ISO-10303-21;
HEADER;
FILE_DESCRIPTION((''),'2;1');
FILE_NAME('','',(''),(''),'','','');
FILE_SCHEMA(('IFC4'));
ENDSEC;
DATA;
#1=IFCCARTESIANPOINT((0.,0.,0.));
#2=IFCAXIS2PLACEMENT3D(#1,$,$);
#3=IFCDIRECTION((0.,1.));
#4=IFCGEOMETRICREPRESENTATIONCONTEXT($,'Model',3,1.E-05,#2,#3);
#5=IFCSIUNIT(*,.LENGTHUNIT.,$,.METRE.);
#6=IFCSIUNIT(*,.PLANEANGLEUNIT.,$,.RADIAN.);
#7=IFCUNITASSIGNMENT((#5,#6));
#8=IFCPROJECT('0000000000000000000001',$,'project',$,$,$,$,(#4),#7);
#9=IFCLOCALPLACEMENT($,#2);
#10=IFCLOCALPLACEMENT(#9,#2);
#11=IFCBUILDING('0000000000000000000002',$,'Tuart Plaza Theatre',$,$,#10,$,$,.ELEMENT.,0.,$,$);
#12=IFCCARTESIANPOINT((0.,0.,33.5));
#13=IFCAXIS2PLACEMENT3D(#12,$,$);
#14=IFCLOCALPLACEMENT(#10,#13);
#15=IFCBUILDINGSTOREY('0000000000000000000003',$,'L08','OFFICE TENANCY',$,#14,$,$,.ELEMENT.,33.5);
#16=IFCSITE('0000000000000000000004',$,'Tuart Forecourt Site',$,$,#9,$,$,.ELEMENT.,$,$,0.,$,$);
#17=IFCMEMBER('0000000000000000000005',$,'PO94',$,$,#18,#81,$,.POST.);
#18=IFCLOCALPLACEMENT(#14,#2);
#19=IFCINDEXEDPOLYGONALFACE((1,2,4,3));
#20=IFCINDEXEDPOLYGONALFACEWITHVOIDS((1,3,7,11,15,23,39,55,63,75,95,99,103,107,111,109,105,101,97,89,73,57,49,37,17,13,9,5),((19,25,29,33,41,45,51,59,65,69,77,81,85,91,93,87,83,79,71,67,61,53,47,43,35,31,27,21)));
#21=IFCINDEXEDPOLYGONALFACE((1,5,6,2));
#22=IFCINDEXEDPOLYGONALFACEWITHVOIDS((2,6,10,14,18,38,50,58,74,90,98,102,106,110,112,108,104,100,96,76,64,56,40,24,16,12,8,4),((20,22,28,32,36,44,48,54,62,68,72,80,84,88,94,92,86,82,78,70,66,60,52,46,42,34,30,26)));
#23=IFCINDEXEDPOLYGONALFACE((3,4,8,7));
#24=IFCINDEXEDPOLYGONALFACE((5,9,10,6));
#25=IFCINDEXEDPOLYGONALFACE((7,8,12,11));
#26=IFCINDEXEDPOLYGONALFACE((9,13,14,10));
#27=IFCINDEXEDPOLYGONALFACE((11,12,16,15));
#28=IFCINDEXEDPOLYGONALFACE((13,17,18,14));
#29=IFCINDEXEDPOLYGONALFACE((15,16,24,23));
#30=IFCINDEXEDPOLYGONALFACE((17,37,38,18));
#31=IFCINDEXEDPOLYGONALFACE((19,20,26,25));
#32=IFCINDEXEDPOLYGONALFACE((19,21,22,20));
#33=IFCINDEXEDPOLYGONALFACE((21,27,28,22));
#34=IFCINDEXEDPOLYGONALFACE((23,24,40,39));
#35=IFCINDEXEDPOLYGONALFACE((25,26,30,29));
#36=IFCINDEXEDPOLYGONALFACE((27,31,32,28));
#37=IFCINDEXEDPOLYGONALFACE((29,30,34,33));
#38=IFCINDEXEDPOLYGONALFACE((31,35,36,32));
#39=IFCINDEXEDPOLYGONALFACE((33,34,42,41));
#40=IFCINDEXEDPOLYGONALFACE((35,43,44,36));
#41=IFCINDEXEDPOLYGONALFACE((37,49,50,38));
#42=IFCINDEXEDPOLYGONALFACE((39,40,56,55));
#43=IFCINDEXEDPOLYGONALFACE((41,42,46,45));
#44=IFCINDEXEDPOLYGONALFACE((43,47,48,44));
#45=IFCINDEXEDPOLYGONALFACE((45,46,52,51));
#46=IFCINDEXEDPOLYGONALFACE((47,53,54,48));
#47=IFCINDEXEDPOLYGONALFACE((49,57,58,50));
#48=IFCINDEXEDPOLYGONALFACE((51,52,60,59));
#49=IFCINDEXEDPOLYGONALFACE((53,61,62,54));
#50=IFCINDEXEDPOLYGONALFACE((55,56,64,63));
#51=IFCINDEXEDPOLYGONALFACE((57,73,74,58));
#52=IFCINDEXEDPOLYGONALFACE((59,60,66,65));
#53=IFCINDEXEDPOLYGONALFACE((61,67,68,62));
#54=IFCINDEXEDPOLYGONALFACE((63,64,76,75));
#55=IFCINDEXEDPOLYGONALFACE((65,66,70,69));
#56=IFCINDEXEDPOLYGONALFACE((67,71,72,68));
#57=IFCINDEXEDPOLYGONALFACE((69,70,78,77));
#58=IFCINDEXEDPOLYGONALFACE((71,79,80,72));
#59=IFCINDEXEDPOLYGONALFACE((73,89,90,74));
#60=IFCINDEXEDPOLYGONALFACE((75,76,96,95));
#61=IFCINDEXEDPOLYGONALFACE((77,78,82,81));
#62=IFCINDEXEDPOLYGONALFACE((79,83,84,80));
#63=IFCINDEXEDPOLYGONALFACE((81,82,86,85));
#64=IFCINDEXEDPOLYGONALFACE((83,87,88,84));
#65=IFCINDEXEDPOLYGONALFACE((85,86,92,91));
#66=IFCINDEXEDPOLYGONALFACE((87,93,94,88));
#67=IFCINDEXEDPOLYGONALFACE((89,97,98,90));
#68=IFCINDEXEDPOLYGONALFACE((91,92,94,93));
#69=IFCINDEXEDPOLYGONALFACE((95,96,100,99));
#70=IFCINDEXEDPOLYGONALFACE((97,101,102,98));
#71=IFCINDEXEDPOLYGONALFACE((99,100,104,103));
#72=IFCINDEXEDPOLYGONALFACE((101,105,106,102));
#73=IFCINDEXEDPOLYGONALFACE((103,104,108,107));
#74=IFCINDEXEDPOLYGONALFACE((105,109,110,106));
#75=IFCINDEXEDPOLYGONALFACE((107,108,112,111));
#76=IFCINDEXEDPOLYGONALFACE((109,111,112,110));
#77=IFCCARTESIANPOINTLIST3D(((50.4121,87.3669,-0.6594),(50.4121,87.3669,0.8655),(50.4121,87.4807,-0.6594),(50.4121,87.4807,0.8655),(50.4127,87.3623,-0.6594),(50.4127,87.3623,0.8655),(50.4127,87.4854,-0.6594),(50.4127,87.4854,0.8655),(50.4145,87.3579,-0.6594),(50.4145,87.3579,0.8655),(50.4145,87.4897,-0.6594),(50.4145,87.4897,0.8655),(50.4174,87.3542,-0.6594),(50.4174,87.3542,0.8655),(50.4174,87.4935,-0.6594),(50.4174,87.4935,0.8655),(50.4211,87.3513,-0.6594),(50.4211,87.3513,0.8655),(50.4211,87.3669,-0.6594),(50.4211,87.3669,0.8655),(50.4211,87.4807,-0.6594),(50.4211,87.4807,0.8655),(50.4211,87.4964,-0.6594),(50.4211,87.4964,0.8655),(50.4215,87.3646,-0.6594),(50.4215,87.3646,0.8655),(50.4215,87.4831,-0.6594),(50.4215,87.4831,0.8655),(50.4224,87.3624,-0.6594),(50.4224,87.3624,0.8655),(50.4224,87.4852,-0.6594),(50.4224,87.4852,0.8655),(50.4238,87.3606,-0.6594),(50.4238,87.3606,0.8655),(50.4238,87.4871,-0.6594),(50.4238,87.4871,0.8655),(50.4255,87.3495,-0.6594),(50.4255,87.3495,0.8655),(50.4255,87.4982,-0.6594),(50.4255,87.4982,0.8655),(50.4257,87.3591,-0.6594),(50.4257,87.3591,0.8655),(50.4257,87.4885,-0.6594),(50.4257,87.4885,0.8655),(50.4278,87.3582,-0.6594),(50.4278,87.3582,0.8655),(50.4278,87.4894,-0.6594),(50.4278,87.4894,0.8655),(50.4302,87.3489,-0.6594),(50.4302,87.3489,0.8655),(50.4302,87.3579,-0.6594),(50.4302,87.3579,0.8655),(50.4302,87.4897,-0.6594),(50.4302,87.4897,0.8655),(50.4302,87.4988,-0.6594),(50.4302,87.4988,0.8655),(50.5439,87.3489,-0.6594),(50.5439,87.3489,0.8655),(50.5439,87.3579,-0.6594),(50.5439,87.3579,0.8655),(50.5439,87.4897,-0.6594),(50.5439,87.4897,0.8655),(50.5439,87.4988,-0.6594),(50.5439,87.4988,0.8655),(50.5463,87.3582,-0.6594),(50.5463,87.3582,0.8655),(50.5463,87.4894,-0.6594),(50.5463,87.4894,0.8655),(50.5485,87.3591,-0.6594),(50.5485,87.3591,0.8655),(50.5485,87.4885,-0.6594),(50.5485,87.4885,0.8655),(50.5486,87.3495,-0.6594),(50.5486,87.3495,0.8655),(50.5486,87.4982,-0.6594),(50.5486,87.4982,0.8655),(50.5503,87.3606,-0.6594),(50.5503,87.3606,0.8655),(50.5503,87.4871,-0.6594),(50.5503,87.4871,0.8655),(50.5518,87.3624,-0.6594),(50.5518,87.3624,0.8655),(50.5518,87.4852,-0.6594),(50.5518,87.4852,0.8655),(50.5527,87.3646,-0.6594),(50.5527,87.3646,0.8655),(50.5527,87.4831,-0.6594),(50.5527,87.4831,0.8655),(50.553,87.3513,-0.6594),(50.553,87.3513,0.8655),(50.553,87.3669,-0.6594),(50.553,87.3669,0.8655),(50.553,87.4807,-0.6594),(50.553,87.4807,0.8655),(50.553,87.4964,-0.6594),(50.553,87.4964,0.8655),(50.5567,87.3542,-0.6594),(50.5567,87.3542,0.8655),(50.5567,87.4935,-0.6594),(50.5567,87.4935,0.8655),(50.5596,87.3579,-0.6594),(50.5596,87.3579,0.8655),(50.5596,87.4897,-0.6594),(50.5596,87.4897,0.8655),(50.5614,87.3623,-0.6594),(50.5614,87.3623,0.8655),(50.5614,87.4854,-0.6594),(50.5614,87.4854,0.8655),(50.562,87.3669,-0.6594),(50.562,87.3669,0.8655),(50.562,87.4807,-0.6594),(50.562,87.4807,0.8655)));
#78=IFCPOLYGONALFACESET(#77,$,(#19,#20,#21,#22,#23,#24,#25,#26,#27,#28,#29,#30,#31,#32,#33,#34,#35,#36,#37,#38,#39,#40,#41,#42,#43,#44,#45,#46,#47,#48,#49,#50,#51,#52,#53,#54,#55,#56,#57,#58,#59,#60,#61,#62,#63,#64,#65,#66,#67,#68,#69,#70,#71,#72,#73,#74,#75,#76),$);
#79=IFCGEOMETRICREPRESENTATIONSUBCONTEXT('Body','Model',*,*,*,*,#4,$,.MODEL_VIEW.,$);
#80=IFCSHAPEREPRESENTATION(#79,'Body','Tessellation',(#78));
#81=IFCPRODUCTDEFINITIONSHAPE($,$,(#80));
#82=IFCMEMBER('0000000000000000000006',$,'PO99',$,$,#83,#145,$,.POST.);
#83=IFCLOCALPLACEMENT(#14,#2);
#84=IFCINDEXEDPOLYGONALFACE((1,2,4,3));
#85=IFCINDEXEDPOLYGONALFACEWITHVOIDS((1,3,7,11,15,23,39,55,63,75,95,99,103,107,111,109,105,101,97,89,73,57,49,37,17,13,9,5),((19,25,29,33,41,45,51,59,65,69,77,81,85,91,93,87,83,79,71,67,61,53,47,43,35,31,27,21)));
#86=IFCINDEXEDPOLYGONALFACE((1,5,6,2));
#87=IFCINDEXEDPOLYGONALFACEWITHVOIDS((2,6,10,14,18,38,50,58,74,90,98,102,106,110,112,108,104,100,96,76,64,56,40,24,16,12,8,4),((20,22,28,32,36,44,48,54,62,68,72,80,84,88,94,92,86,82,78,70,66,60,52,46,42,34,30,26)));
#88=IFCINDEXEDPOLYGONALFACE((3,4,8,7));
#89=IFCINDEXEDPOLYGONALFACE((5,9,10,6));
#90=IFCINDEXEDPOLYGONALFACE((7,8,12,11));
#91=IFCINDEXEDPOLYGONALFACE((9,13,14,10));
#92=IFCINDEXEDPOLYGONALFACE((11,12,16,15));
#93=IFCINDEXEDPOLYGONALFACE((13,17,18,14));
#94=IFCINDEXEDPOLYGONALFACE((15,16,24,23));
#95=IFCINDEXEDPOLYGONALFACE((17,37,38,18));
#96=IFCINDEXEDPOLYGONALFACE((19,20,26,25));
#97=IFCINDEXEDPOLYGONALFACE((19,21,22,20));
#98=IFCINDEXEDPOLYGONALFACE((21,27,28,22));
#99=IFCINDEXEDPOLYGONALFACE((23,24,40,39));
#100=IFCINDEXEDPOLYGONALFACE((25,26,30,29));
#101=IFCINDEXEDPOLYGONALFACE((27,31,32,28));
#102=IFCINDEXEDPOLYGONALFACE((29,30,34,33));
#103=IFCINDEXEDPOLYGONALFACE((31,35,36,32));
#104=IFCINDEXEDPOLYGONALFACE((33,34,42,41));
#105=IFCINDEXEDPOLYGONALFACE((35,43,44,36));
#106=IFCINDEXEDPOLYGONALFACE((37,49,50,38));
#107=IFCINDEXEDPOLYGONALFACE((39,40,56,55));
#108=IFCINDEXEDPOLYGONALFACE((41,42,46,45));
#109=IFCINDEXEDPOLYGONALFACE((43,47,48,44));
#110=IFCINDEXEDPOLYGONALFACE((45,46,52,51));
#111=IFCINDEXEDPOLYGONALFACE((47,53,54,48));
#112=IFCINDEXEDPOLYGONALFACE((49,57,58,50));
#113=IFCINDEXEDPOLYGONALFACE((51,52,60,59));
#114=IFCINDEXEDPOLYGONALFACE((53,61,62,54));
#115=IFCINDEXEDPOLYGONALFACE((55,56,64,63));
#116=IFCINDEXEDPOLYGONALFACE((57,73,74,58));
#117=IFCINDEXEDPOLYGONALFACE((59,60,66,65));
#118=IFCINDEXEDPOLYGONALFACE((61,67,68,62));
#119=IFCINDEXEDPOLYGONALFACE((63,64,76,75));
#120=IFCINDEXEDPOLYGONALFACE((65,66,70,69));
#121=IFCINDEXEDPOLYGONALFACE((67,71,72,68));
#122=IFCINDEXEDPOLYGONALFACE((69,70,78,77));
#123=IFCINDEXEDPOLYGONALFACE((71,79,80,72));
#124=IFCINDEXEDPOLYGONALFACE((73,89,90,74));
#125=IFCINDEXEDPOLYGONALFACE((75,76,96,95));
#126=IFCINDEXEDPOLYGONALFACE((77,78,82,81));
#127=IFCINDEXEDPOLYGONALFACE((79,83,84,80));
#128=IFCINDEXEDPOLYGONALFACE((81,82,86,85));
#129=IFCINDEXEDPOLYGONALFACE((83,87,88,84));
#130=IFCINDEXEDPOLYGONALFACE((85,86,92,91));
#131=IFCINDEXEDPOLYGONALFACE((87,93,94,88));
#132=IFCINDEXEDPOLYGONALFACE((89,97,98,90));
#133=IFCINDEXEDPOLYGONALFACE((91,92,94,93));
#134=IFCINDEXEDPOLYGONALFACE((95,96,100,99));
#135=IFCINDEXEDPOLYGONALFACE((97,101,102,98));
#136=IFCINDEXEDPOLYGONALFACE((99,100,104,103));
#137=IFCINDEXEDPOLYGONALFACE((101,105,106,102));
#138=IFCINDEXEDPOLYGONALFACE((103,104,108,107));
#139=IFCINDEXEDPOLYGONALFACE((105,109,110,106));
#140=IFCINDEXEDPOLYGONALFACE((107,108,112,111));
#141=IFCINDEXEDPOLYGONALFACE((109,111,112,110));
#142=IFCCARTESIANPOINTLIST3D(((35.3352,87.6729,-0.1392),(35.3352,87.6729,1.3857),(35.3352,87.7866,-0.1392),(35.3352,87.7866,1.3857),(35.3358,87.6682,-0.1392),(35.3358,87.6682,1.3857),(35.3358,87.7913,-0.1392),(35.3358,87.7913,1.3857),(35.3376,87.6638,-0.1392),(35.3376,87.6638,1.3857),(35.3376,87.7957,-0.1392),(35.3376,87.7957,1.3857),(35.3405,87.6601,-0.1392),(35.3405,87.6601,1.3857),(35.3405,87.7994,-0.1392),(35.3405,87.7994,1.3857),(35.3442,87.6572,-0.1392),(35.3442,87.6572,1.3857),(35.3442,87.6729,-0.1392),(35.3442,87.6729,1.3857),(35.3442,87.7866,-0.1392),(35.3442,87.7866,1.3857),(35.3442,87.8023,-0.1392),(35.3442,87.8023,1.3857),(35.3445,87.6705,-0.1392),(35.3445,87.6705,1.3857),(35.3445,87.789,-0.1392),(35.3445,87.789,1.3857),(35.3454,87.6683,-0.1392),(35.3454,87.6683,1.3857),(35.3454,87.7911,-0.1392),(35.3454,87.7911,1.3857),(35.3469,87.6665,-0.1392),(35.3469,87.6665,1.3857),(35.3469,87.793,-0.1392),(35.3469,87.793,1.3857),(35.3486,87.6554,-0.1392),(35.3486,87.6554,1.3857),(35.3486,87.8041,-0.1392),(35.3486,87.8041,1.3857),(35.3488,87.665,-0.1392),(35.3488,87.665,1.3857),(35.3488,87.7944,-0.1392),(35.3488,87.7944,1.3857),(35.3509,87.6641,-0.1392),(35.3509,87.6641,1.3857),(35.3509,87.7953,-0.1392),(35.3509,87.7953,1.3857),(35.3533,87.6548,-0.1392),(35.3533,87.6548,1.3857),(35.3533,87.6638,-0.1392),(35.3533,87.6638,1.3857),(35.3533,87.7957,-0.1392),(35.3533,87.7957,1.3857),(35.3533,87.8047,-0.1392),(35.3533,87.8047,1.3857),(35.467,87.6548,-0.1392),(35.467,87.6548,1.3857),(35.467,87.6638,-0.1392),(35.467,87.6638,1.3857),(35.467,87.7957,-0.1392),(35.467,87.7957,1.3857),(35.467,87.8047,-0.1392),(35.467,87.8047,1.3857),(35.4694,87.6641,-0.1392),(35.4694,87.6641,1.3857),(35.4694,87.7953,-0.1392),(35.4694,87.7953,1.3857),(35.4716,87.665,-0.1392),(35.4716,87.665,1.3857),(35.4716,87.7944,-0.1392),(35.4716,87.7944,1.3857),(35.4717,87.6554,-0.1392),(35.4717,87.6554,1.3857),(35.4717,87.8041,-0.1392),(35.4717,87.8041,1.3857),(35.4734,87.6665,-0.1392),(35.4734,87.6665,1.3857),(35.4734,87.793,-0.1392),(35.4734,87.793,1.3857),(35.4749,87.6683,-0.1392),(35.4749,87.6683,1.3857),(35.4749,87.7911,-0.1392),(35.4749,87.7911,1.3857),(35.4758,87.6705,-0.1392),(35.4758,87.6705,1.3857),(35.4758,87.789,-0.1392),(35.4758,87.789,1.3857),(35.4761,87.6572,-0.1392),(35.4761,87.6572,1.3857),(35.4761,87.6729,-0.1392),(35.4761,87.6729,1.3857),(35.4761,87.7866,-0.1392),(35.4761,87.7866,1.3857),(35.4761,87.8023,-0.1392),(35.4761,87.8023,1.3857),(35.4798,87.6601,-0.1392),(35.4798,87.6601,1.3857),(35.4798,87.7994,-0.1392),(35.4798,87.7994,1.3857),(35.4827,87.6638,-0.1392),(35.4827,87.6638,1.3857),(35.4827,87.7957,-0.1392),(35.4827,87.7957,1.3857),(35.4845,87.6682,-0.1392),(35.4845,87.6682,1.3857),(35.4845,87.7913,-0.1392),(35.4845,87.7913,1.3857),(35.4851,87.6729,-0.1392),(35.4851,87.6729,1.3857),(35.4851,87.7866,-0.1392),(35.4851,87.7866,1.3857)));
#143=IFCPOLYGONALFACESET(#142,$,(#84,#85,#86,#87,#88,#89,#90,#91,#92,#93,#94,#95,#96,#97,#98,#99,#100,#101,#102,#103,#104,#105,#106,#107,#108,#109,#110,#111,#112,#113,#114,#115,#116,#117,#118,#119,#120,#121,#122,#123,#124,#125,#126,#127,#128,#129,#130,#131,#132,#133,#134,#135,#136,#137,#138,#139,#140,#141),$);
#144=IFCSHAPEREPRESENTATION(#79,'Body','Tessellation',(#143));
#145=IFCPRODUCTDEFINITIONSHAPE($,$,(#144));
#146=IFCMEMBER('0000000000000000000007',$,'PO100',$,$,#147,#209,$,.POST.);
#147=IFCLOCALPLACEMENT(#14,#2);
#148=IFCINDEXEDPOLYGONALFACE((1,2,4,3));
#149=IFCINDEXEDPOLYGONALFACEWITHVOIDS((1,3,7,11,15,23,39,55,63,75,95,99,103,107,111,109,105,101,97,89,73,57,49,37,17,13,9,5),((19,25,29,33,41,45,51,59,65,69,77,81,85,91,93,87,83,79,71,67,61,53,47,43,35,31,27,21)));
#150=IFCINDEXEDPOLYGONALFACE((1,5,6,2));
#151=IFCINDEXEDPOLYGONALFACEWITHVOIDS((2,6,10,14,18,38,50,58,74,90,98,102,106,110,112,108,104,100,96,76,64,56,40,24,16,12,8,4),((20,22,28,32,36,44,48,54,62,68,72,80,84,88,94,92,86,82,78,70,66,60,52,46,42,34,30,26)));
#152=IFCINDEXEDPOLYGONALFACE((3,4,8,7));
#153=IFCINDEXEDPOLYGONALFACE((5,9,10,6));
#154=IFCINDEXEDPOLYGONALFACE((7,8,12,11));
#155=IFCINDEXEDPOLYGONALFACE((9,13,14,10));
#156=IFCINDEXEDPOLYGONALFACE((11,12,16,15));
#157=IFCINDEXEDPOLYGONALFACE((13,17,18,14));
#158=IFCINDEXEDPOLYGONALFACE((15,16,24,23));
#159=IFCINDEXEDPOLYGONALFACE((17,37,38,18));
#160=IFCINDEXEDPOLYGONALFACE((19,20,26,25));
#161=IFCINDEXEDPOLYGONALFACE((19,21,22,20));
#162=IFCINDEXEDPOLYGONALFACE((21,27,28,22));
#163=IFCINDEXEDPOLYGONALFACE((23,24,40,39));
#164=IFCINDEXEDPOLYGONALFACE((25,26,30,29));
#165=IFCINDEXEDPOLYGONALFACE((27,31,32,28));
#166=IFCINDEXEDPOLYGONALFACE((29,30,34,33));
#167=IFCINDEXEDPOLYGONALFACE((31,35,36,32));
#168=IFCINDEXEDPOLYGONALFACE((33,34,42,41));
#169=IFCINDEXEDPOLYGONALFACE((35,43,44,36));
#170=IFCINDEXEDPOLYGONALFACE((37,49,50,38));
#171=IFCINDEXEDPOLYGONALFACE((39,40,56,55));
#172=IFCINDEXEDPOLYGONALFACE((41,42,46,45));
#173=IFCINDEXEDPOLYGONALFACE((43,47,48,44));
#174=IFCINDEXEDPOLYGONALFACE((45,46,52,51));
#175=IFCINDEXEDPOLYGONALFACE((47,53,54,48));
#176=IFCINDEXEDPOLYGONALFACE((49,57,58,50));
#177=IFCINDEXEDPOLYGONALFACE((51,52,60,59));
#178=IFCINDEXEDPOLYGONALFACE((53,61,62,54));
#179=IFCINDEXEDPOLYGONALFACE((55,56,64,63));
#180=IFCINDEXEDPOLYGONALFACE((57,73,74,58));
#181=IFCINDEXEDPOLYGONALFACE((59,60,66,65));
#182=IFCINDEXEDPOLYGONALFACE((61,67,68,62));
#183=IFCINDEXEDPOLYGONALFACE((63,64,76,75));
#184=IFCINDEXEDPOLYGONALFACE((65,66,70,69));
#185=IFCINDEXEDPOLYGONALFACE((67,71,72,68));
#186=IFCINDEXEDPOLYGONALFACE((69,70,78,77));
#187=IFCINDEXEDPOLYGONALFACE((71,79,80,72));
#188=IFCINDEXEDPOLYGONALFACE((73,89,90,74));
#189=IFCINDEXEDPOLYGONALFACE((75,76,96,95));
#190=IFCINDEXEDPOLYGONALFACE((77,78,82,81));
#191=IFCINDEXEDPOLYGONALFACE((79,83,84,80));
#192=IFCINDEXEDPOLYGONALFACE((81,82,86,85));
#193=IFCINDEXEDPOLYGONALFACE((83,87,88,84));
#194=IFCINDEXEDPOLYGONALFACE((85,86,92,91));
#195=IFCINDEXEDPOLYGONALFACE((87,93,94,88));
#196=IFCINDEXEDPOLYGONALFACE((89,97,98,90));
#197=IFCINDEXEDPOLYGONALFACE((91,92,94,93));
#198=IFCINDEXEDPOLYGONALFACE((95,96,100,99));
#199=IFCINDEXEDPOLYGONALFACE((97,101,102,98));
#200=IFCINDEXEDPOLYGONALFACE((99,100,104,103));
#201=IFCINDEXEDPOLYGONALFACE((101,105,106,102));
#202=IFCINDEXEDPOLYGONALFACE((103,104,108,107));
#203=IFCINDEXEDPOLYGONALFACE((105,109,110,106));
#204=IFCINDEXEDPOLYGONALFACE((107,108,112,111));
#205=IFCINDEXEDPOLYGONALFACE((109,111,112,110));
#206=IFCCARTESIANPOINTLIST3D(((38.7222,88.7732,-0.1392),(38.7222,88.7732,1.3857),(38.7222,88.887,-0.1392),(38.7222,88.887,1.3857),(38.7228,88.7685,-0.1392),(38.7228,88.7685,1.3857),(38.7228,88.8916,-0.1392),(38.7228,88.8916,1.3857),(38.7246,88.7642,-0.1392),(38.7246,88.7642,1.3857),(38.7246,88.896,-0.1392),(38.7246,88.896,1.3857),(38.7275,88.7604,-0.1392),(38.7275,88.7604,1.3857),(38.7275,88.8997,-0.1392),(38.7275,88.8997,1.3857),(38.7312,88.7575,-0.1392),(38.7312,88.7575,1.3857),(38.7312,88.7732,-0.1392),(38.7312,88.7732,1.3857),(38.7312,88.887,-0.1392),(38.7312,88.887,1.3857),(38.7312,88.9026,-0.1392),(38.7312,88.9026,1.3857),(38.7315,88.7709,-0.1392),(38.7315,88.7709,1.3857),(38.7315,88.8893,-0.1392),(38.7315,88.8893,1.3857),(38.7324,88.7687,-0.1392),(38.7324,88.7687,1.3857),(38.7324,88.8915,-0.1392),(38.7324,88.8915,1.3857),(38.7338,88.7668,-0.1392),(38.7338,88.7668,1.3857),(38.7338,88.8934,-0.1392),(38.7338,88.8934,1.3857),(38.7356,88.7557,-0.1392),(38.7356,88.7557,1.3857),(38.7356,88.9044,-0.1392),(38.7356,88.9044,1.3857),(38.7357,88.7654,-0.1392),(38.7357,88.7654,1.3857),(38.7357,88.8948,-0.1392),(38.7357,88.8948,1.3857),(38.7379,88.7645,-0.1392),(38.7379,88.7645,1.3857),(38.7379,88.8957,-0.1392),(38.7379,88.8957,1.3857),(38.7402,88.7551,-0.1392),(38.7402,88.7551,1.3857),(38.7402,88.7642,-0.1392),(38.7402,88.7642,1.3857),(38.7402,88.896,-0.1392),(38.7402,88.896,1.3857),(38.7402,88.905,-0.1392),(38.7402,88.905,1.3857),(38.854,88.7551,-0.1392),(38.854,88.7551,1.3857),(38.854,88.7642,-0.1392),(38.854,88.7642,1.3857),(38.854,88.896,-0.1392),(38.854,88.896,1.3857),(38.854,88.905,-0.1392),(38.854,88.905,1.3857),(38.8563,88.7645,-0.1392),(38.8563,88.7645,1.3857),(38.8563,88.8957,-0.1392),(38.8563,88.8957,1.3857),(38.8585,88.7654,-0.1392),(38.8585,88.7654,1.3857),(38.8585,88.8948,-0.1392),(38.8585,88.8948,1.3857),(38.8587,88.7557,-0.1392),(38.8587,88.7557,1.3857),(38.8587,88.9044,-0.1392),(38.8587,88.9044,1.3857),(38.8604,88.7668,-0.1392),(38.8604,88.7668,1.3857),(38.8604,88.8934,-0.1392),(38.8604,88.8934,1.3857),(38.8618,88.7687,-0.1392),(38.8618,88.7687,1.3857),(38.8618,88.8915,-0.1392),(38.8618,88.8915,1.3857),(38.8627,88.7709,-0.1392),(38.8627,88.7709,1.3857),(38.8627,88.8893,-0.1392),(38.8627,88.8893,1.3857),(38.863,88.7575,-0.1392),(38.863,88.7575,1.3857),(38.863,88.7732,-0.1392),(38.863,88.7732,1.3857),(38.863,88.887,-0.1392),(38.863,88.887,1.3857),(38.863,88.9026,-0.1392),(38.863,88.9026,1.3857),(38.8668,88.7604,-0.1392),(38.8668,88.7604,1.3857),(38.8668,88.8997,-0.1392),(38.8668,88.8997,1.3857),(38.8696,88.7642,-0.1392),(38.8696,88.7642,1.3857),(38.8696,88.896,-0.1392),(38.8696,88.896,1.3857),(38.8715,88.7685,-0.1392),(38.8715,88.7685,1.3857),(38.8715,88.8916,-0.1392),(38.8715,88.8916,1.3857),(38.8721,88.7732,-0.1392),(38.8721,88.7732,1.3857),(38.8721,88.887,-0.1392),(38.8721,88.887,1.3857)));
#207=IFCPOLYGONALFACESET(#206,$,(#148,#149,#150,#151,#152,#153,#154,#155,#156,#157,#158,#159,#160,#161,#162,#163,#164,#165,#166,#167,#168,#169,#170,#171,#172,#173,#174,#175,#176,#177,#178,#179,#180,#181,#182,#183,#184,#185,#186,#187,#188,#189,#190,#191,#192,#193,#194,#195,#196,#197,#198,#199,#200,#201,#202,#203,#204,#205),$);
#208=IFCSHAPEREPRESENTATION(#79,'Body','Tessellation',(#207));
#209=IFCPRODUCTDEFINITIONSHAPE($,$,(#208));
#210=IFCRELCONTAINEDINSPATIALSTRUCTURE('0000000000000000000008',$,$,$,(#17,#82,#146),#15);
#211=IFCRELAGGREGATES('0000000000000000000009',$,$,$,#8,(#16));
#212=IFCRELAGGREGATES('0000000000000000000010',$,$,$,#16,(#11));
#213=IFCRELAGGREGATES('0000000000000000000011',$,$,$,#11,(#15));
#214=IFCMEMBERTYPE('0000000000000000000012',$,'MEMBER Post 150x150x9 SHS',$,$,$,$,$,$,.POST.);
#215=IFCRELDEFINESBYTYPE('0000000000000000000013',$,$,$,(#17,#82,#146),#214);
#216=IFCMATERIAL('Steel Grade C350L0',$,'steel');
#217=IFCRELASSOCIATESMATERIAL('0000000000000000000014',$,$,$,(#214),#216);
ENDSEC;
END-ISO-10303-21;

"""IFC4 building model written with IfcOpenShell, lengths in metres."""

from ifc_helpers import new_model, si_unit, direction, frame, origin, origin_2d, place, context, subcontext, project, spatial, hollow_rectangle, extrude, material, material_profile, profile_set, type_object, element, save


model = new_model("IFC4")

# Units and contexts
model_context = context("Model", 3, precision=1e-05, world=origin(), true_north=direction((0.0, 1.0)))
body_context = subcontext(model_context, "Body", "Model", "MODEL_VIEW")
ifc_project = project(units=[si_unit("LENGTHUNIT", "METRE"), si_unit("PLANEANGLEUNIT", "RADIAN")], contexts=[model_context])

# Site, building, storey
site_placement = place(None, origin())
site = spatial("IfcSite", under=ifc_project, at=site_placement, Name="Tuart Forecourt Site", CompositionType="ELEMENT", RefElevation=0.0)
building_placement = place(site_placement, origin())
building = spatial("IfcBuilding", under=site, at=building_placement, Name="Tuart Plaza Theatre", CompositionType="ELEMENT", ElevationOfRefHeight=0.0)
storey_placement = place(building_placement, frame((0.0, 0.0, 33.5)))
storey = spatial("IfcBuildingStorey", under=building, at=storey_placement, Name="L08", Description="OFFICE TENANCY", CompositionType="ELEMENT", Elevation=33.5)

# Members
ifc_material_1 = material(Name="Steel Grade C350L0", Category="steel")
ifc_material_profile_1 = material_profile(ifc_material_1, hollow_rectangle(XDim=0.1499, YDim=0.1499, WallThickness=0.009, InnerFilletRadius=0.009, OuterFilletRadius=0.0181, at=origin_2d()), Name="150x150x9 SHS")
ifc_profile_set_1 = profile_set([ifc_material_profile_1], Name="Steel Grade C350L0")
member_type_1 = type_object("IfcMemberType", Name="MEMBER Post 150x150x9 SHS", PredefinedType="POST", material=ifc_profile_set_1)
for number, where, z_axis, x_axis, name in (
    (1, (50.4871, 87.4238, -0.6594), (0.0, 0.0, 1.0), (1.0, 0.0, 0.0), "PO94"),
    (2, (35.4102, 87.7297, -0.1392), (0.0, 0.0, 1.0), (1.0, 0.0, 0.0), "PO99"),
    (3, (38.7971, 88.8301, -0.1392), (0.0, 0.0, 1.0), (1.0, 0.0, 0.0), "PO100"),
):
    element("IfcMember", number, at=place(storey_placement, frame(where, z_axis=z_axis, x_axis=x_axis)), inside=storey, type_object=member_type_1, Name=name, PredefinedType="POST", context=body_context, shape_type="SweptSolid", body=[
        extrude(hollow_rectangle(XDim=0.1499, YDim=0.1499, WallThickness=0.009, InnerFilletRadius=0.009, OuterFilletRadius=0.0181, at=origin_2d()), origin(), (0.0, 0.0, 1.0), 1.5249),
    ])

save(model, "model.ifc")
